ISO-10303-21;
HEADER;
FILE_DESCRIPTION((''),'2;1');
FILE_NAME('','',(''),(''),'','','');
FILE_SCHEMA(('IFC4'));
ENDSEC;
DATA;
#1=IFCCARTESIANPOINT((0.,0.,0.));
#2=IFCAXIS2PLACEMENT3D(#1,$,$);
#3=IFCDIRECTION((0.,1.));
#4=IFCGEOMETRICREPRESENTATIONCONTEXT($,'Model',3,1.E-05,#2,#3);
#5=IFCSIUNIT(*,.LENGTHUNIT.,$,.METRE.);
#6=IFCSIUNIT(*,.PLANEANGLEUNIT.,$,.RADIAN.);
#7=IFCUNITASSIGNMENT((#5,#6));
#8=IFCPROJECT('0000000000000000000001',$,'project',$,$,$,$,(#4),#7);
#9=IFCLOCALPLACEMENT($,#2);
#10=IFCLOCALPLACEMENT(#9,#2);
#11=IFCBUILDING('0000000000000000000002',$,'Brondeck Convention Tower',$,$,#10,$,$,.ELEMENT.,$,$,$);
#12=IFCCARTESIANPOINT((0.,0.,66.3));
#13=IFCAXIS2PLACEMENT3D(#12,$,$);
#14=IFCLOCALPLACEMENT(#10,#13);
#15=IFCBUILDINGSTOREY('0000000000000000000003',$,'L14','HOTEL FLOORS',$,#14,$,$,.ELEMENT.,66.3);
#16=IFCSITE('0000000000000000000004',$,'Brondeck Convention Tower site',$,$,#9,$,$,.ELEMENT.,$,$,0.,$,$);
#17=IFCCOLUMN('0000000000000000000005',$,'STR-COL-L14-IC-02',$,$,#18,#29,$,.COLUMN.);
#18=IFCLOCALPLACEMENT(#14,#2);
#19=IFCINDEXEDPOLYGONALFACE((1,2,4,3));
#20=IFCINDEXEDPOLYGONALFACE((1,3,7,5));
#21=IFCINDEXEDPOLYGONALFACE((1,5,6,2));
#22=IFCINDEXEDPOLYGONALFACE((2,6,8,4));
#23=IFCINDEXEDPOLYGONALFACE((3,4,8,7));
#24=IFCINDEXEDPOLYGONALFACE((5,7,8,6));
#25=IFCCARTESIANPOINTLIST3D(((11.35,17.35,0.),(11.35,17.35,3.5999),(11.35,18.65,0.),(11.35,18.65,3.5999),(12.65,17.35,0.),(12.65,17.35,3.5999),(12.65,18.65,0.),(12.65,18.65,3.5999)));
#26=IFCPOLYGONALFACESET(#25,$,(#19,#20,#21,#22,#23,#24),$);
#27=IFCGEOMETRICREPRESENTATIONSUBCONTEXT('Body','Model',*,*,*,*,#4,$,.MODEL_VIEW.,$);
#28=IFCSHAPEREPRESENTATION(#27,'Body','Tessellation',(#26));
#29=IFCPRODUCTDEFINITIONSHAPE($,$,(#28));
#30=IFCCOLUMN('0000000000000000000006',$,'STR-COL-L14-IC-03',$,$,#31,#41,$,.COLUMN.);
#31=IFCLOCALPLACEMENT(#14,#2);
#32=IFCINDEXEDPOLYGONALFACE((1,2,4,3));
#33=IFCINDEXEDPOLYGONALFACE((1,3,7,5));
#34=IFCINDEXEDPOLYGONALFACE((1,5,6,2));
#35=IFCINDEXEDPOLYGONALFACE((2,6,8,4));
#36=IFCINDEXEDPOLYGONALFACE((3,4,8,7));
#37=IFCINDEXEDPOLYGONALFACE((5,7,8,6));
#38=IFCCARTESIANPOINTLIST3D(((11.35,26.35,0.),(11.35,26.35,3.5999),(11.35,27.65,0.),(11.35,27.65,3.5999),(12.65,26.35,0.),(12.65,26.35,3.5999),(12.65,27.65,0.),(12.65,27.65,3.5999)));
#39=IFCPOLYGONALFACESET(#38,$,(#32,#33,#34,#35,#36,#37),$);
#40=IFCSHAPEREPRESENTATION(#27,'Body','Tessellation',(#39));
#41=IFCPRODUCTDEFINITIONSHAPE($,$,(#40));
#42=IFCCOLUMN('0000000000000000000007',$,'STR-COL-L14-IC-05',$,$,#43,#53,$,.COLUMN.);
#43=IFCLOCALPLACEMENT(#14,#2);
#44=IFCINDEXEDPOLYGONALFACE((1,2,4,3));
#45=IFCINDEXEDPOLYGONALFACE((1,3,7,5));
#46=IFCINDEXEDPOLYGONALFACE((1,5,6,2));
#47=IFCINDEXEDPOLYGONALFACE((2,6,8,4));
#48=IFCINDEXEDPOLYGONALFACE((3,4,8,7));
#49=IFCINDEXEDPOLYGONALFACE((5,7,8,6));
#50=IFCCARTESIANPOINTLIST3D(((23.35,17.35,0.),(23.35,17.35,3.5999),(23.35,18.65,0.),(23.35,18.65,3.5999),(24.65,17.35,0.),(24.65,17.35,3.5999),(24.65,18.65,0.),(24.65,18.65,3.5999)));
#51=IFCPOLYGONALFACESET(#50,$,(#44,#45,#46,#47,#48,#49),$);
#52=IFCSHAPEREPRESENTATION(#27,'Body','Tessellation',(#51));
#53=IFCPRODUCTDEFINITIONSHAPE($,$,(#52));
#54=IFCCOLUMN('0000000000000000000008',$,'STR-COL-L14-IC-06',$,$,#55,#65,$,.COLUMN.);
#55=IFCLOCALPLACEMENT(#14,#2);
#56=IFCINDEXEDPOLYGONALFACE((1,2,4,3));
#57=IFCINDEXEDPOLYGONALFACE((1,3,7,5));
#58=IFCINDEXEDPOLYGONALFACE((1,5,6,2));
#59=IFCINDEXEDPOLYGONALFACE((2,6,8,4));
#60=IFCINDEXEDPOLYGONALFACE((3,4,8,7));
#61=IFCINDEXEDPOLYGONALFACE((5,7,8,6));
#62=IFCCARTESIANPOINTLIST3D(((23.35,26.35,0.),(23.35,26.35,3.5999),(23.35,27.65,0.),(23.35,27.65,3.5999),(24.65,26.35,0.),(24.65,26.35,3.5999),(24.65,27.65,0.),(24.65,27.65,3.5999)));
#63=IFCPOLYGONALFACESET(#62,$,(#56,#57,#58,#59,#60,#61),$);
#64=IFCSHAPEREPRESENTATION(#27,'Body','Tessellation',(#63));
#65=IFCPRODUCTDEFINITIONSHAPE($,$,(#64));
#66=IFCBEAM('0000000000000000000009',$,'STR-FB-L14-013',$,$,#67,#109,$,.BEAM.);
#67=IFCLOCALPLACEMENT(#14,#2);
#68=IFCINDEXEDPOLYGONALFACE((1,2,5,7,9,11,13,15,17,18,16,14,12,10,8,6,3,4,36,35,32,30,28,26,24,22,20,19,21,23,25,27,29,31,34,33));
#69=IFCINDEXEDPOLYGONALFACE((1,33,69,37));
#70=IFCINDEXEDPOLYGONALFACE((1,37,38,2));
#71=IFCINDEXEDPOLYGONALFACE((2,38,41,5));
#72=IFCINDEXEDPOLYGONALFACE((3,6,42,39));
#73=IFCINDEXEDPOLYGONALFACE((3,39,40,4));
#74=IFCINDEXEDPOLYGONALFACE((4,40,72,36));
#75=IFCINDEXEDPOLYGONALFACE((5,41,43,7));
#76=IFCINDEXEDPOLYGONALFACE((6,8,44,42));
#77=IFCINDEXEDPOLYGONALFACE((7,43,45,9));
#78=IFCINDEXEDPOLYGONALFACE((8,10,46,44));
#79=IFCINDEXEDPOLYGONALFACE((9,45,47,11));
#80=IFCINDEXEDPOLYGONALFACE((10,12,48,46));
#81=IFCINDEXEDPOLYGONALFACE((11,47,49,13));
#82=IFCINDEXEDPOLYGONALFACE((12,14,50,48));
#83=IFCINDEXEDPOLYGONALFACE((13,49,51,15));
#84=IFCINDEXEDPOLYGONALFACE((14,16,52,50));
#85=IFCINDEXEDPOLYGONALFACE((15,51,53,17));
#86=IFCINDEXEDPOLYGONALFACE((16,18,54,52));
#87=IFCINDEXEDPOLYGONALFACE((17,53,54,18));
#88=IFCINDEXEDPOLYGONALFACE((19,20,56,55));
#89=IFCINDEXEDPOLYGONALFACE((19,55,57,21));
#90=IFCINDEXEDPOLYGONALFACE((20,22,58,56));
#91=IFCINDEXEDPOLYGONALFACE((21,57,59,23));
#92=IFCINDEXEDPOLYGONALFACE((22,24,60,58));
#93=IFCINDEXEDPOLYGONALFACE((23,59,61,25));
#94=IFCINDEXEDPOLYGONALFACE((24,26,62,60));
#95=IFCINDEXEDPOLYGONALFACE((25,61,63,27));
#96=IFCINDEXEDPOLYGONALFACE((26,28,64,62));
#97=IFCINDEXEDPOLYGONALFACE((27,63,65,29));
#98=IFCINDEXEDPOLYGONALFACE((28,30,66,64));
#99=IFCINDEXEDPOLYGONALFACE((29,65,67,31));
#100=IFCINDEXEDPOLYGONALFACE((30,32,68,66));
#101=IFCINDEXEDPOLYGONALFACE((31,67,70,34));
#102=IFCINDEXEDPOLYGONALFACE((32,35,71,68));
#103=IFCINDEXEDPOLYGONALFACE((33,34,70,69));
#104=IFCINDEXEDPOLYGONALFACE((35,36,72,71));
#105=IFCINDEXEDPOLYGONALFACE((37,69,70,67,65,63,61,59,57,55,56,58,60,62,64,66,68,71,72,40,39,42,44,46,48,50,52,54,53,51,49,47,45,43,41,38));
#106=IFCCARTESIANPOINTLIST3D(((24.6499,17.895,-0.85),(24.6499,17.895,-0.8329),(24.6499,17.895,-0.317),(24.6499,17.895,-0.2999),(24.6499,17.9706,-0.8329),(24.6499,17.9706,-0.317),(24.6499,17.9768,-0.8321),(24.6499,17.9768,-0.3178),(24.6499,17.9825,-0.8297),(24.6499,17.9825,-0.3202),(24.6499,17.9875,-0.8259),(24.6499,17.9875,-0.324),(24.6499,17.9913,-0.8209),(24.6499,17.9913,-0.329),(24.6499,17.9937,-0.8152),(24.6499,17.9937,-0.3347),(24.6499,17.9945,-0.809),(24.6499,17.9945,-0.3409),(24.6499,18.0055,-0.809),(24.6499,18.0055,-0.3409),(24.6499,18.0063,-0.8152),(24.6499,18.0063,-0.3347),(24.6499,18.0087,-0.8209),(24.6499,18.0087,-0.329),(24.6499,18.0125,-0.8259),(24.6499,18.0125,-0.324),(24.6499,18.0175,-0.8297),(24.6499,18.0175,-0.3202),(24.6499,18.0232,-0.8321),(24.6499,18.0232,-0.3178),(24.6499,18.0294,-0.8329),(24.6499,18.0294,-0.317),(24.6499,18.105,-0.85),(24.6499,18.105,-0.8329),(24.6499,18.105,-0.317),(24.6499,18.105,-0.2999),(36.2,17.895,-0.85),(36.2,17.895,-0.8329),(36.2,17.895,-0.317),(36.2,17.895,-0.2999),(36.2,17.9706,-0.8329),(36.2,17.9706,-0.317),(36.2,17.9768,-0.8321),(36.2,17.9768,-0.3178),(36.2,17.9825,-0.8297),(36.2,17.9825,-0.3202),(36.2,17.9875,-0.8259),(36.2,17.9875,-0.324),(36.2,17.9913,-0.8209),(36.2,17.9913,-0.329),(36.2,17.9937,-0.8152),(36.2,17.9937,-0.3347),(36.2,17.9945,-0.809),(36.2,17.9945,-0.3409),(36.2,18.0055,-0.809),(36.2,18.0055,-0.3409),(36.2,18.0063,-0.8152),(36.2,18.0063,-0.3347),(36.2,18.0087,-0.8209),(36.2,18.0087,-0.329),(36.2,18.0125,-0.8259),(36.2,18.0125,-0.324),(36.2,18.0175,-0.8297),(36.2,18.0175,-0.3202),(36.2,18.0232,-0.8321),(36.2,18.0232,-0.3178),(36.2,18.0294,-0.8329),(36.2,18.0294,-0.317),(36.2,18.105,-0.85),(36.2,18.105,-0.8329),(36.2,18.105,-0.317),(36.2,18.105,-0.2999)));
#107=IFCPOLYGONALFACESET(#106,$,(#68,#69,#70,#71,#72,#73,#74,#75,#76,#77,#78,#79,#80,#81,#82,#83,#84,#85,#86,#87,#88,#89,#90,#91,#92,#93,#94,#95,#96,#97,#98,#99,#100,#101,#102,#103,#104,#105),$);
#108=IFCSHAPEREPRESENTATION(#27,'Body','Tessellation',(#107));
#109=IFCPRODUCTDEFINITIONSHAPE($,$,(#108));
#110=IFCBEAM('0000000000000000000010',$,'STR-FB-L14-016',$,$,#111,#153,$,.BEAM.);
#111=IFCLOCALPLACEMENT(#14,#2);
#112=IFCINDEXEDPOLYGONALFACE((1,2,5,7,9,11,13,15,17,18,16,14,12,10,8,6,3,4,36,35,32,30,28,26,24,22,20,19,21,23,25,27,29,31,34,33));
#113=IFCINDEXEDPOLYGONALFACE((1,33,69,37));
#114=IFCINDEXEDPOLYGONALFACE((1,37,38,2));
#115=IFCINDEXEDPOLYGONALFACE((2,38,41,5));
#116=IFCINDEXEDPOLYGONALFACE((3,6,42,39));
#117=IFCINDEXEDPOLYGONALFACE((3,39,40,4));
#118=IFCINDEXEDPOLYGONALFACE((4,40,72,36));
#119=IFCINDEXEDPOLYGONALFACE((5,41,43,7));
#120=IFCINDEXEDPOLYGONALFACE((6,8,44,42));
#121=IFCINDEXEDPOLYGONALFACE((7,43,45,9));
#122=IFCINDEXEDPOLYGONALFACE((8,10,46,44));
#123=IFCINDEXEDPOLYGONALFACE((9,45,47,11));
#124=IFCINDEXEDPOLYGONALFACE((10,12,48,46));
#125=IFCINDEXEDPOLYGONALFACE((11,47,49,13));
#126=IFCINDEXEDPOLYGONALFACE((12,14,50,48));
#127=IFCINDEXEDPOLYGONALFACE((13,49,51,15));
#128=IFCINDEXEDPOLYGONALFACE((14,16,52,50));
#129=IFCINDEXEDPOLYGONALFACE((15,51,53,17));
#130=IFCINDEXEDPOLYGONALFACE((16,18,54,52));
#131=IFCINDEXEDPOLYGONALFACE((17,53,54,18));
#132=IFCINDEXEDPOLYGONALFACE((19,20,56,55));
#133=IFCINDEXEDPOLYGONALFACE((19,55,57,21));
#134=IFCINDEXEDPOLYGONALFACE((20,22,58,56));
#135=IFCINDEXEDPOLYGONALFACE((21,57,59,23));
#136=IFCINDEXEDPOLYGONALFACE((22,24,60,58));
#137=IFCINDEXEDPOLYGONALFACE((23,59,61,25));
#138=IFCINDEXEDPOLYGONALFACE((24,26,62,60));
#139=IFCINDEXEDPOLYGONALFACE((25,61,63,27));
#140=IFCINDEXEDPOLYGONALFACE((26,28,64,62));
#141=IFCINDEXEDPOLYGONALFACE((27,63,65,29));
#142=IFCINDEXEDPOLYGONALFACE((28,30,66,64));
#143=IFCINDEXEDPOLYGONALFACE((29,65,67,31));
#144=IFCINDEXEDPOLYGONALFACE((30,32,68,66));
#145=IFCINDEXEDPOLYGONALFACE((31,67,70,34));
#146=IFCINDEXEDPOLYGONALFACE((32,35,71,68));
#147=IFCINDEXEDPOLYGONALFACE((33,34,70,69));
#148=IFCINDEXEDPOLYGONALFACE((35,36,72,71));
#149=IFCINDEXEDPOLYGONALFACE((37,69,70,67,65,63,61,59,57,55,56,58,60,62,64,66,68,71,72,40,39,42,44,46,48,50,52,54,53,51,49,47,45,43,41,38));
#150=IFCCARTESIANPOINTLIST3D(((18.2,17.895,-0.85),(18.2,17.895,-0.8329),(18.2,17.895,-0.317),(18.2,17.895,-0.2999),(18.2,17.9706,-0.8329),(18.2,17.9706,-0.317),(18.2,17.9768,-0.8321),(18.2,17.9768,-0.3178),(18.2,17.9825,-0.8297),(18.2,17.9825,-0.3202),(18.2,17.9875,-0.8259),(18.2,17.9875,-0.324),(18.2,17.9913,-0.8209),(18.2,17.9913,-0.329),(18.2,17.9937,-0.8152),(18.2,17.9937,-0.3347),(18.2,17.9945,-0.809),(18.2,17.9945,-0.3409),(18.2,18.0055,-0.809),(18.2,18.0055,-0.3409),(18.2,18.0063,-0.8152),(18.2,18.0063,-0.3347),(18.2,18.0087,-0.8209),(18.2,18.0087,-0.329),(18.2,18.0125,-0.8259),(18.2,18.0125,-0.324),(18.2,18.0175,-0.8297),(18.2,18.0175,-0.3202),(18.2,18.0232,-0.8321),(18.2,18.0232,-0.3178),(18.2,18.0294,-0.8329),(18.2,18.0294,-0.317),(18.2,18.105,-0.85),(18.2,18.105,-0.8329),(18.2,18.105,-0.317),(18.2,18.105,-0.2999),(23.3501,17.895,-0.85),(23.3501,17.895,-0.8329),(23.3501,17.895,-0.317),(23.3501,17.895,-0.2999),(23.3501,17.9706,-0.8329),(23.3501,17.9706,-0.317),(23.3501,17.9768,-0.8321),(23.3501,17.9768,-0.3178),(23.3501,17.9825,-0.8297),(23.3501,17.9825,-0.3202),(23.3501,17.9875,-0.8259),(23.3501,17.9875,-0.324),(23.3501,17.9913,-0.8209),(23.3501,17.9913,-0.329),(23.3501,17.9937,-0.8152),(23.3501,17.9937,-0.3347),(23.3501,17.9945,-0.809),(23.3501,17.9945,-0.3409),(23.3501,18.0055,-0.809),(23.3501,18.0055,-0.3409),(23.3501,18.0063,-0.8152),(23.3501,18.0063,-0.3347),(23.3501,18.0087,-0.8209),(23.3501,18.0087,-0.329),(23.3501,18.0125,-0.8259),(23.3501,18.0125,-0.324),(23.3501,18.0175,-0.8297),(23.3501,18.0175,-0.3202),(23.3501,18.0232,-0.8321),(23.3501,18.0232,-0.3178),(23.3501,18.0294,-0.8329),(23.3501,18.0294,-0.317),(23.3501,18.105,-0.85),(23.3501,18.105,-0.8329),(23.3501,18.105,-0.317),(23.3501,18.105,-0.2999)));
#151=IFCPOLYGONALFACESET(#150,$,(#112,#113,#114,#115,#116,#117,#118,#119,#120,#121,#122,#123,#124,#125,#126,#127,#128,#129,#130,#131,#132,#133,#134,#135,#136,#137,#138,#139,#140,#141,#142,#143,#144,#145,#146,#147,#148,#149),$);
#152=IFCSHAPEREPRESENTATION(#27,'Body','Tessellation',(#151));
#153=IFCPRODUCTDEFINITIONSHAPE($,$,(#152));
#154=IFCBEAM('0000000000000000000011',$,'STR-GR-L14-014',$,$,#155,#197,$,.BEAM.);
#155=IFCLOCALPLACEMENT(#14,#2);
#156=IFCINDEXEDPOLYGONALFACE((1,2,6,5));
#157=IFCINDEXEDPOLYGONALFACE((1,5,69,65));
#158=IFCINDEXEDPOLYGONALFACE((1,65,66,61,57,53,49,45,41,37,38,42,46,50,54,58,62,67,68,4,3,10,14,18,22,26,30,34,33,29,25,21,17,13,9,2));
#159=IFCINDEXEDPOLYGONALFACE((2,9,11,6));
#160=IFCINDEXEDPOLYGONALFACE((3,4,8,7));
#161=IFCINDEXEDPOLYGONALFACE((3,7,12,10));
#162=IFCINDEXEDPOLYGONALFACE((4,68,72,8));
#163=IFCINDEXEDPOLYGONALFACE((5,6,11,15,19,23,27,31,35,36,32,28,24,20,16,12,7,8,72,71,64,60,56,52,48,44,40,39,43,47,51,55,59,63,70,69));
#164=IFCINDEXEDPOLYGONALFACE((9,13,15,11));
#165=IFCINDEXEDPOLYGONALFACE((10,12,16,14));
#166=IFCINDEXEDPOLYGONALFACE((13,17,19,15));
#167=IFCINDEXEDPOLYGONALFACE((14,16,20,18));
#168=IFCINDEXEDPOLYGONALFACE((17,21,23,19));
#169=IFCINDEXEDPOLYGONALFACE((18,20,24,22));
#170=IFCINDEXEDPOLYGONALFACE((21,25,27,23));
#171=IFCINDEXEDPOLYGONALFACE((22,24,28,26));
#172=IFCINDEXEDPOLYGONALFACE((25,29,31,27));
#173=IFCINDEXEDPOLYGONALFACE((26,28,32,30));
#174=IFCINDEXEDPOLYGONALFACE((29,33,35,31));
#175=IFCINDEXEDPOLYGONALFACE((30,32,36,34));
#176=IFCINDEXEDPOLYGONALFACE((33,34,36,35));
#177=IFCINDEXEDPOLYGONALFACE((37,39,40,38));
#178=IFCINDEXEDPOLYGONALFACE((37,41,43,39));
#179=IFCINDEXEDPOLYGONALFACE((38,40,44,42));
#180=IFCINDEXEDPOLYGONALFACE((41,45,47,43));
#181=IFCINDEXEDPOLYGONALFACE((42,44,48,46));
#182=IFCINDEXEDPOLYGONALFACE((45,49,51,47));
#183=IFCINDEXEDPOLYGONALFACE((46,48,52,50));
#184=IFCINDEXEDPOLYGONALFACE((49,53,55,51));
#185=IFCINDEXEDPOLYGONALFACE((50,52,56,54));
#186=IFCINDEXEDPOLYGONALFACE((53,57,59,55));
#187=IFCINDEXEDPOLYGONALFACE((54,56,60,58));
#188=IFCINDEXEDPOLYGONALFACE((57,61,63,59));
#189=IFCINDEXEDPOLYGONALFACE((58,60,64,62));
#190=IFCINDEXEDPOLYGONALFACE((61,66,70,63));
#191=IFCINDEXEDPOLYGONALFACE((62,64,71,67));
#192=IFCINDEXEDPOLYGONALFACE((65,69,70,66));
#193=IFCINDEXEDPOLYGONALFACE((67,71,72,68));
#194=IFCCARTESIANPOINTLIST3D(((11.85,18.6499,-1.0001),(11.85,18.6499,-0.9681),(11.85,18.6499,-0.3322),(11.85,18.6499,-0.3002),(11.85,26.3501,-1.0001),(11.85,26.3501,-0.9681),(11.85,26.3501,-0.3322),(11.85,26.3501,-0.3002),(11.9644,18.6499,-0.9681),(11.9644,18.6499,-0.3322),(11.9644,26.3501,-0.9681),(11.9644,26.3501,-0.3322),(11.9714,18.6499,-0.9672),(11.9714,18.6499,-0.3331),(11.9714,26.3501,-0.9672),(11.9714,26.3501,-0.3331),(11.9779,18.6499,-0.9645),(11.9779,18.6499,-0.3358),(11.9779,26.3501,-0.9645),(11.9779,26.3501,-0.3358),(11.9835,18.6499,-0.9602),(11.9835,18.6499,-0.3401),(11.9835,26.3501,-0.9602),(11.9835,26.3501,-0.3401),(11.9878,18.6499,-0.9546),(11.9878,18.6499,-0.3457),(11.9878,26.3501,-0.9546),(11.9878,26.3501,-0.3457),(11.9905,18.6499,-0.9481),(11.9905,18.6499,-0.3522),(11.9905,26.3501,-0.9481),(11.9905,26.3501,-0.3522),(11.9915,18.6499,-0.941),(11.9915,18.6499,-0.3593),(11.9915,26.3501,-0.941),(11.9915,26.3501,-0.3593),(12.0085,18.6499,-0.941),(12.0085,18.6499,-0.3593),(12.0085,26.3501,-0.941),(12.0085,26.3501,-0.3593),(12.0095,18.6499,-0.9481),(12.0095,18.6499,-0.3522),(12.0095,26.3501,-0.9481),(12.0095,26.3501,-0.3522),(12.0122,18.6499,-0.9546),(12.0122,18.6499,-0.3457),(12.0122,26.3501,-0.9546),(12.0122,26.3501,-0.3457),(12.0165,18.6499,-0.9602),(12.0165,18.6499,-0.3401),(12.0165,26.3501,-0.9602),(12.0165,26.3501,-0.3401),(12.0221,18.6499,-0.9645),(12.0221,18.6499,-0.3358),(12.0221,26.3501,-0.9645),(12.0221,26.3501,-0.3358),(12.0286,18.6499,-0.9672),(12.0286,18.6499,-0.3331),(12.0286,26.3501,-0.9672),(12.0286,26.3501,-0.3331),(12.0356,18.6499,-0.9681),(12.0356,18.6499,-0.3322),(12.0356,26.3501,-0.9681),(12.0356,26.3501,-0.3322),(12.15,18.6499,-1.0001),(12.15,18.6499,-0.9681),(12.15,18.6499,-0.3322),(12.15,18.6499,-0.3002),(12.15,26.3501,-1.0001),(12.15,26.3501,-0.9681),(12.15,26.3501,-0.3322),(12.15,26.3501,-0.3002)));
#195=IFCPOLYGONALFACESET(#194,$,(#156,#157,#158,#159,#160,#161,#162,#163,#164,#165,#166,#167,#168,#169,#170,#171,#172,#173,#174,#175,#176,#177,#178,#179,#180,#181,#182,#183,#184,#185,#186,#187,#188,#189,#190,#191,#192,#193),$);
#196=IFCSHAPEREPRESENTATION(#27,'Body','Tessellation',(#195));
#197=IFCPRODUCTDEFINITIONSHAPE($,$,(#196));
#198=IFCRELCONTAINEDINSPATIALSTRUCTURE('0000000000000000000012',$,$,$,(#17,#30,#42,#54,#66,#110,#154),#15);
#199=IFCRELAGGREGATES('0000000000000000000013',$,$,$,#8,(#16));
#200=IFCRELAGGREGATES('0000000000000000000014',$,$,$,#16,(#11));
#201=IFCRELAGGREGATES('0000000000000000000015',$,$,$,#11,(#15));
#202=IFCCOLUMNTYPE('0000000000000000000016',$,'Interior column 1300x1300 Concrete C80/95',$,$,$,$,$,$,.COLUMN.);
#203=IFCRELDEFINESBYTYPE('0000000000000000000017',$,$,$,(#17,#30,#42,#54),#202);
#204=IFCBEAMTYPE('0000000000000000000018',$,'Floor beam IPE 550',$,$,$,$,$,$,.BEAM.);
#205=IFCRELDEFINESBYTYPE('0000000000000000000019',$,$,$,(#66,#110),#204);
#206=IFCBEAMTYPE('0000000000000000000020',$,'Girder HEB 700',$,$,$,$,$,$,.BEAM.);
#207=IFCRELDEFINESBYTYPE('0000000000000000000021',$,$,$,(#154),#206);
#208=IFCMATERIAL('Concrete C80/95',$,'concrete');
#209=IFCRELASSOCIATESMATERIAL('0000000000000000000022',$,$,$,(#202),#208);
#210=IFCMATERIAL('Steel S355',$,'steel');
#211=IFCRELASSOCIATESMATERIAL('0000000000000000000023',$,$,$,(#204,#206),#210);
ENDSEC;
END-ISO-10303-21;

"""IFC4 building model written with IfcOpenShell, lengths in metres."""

from ifc_helpers import new_model, si_unit, direction, frame, origin, origin_2d, place, context, subcontext, project, spatial, rectangle, i_section, extrude, material, material_profile, profile_set, type_object, element, save


model = new_model("IFC4")

# Units and contexts
model_context = context("Model", 3, precision=1e-05, world=origin(), true_north=direction((0.0, 1.0)))
body_context = subcontext(model_context, "Body", "Model", "MODEL_VIEW")
ifc_project = project(units=[si_unit("LENGTHUNIT", "METRE"), si_unit("PLANEANGLEUNIT", "RADIAN")], contexts=[model_context])

# Site, building, storey
site_placement = place(None, origin())
site = spatial("IfcSite", under=ifc_project, at=site_placement, Name="Brondeck Convention Tower site", CompositionType="ELEMENT", RefElevation=0.0)
building_placement = place(site_placement, origin())
building = spatial("IfcBuilding", under=site, at=building_placement, Name="Brondeck Convention Tower", CompositionType="ELEMENT")
storey_placement = place(building_placement, frame((0.0, 0.0, 66.3)))
storey = spatial("IfcBuildingStorey", under=building, at=storey_placement, Name="L14", Description="HOTEL FLOORS", CompositionType="ELEMENT", Elevation=66.3)

# Columns
ifc_material_1 = material(Name="Concrete C80/95", Category="concrete")
ifc_material_profile_1 = material_profile(ifc_material_1, rectangle(XDim=1.3, YDim=1.3, at=origin_2d()), Name="Interior column 1300x1300 Concrete C80/95")
ifc_profile_set_1 = profile_set([ifc_material_profile_1], Name="Concrete C80/95")
column_type = type_object("IfcColumnType", Name="Interior column 1300x1300 Concrete C80/95", PredefinedType="COLUMN", material=ifc_profile_set_1)
for number, where, z_axis, x_axis, name in (
    (1, (12.0, 18.0, 0.0), (0.0, 0.0, 1.0), (1.0, 0.0, 0.0), "STR-COL-L14-IC-02"),
    (2, (12.0, 27.0, 0.0), (0.0, 0.0, 1.0), (1.0, 0.0, 0.0), "STR-COL-L14-IC-03"),
    (3, (24.0, 18.0, 0.0), (0.0, 0.0, 1.0), (1.0, 0.0, 0.0), "STR-COL-L14-IC-05"),
    (4, (24.0, 27.0, 0.0), (0.0, 0.0, 1.0), (1.0, 0.0, 0.0), "STR-COL-L14-IC-06"),
):
    element("IfcColumn", number, at=place(storey_placement, frame(where, z_axis=z_axis, x_axis=x_axis)), inside=storey, type_object=column_type, Name=name, PredefinedType="COLUMN", context=body_context, shape_type="SweptSolid", body=[
        extrude(rectangle(XDim=1.3, YDim=1.3, at=origin_2d()), origin(), (0.0, 0.0, 1.0), 3.5999),
    ])

# Beams
ifc_material_2 = material(Name="Steel S355", Category="steel")
ifc_material_profile_2 = material_profile(ifc_material_2, i_section(OverallWidth=0.21, OverallDepth=0.55, WebThickness=0.011, FlangeThickness=0.0171, FilletRadius=0.0239, at=origin_2d()), Name="IPE 550")
ifc_profile_set_2 = profile_set([ifc_material_profile_2], Name="Steel S355")
beam_type_1 = type_object("IfcBeamType", Name="Floor beam IPE 550", PredefinedType="BEAM", material=ifc_profile_set_2)
beam_1_placement = place(storey_placement, frame((24.6499, 18.0, -0.575), z_axis=(1.0, 0.0, 0.0), x_axis=(0.0, 1.0, 0.0)))
element("IfcBeam", 5, at=beam_1_placement, inside=storey, type_object=beam_type_1, Name="STR-FB-L14-013", PredefinedType="BEAM", context=body_context, shape_type="SweptSolid", body=[
    extrude(i_section(OverallWidth=0.21, OverallDepth=0.55, WebThickness=0.011, FlangeThickness=0.0171, FilletRadius=0.0239, at=origin_2d()), origin(), (0.0, 0.0, 1.0), 11.55),
])
beam_2_placement = place(storey_placement, frame((18.2, 18.0, -0.575), z_axis=(1.0, 0.0, 0.0), x_axis=(0.0, 1.0, 0.0)))
element("IfcBeam", 6, at=beam_2_placement, inside=storey, type_object=beam_type_1, Name="STR-FB-L14-016", PredefinedType="BEAM", context=body_context, shape_type="SweptSolid", body=[
    extrude(i_section(OverallWidth=0.21, OverallDepth=0.55, WebThickness=0.011, FlangeThickness=0.0171, FilletRadius=0.0239, at=origin_2d()), origin(), (0.0, 0.0, 1.0), 5.1501),
])
ifc_material_profile_3 = material_profile(ifc_material_2, i_section(OverallWidth=0.3, OverallDepth=0.7, WebThickness=0.0171, FlangeThickness=0.032, FilletRadius=0.0271, at=origin_2d()), Name="HEB 700")
ifc_profile_set_3 = profile_set([ifc_material_profile_3], Name="Steel S355")
beam_type_2 = type_object("IfcBeamType", Name="Girder HEB 700", PredefinedType="BEAM", material=ifc_profile_set_3)
for number, where, z_axis, x_axis, name in (
    (7, (12.0, 26.3501, -0.6501), (0.0, -1.0, 0.0), (1.0, 0.0, 0.0), "STR-GR-L14-014"),
):
    element("IfcBeam", number, at=place(storey_placement, frame(where, z_axis=z_axis, x_axis=x_axis)), inside=storey, type_object=beam_type_2, Name=name, PredefinedType="BEAM", context=body_context, shape_type="SweptSolid", body=[
        extrude(i_section(OverallWidth=0.3, OverallDepth=0.7, WebThickness=0.0171, FlangeThickness=0.032, FilletRadius=0.0271, at=origin_2d()), origin(), (0.0, 0.0, 1.0), 7.7002),
    ])

save(model, "model.ifc")
